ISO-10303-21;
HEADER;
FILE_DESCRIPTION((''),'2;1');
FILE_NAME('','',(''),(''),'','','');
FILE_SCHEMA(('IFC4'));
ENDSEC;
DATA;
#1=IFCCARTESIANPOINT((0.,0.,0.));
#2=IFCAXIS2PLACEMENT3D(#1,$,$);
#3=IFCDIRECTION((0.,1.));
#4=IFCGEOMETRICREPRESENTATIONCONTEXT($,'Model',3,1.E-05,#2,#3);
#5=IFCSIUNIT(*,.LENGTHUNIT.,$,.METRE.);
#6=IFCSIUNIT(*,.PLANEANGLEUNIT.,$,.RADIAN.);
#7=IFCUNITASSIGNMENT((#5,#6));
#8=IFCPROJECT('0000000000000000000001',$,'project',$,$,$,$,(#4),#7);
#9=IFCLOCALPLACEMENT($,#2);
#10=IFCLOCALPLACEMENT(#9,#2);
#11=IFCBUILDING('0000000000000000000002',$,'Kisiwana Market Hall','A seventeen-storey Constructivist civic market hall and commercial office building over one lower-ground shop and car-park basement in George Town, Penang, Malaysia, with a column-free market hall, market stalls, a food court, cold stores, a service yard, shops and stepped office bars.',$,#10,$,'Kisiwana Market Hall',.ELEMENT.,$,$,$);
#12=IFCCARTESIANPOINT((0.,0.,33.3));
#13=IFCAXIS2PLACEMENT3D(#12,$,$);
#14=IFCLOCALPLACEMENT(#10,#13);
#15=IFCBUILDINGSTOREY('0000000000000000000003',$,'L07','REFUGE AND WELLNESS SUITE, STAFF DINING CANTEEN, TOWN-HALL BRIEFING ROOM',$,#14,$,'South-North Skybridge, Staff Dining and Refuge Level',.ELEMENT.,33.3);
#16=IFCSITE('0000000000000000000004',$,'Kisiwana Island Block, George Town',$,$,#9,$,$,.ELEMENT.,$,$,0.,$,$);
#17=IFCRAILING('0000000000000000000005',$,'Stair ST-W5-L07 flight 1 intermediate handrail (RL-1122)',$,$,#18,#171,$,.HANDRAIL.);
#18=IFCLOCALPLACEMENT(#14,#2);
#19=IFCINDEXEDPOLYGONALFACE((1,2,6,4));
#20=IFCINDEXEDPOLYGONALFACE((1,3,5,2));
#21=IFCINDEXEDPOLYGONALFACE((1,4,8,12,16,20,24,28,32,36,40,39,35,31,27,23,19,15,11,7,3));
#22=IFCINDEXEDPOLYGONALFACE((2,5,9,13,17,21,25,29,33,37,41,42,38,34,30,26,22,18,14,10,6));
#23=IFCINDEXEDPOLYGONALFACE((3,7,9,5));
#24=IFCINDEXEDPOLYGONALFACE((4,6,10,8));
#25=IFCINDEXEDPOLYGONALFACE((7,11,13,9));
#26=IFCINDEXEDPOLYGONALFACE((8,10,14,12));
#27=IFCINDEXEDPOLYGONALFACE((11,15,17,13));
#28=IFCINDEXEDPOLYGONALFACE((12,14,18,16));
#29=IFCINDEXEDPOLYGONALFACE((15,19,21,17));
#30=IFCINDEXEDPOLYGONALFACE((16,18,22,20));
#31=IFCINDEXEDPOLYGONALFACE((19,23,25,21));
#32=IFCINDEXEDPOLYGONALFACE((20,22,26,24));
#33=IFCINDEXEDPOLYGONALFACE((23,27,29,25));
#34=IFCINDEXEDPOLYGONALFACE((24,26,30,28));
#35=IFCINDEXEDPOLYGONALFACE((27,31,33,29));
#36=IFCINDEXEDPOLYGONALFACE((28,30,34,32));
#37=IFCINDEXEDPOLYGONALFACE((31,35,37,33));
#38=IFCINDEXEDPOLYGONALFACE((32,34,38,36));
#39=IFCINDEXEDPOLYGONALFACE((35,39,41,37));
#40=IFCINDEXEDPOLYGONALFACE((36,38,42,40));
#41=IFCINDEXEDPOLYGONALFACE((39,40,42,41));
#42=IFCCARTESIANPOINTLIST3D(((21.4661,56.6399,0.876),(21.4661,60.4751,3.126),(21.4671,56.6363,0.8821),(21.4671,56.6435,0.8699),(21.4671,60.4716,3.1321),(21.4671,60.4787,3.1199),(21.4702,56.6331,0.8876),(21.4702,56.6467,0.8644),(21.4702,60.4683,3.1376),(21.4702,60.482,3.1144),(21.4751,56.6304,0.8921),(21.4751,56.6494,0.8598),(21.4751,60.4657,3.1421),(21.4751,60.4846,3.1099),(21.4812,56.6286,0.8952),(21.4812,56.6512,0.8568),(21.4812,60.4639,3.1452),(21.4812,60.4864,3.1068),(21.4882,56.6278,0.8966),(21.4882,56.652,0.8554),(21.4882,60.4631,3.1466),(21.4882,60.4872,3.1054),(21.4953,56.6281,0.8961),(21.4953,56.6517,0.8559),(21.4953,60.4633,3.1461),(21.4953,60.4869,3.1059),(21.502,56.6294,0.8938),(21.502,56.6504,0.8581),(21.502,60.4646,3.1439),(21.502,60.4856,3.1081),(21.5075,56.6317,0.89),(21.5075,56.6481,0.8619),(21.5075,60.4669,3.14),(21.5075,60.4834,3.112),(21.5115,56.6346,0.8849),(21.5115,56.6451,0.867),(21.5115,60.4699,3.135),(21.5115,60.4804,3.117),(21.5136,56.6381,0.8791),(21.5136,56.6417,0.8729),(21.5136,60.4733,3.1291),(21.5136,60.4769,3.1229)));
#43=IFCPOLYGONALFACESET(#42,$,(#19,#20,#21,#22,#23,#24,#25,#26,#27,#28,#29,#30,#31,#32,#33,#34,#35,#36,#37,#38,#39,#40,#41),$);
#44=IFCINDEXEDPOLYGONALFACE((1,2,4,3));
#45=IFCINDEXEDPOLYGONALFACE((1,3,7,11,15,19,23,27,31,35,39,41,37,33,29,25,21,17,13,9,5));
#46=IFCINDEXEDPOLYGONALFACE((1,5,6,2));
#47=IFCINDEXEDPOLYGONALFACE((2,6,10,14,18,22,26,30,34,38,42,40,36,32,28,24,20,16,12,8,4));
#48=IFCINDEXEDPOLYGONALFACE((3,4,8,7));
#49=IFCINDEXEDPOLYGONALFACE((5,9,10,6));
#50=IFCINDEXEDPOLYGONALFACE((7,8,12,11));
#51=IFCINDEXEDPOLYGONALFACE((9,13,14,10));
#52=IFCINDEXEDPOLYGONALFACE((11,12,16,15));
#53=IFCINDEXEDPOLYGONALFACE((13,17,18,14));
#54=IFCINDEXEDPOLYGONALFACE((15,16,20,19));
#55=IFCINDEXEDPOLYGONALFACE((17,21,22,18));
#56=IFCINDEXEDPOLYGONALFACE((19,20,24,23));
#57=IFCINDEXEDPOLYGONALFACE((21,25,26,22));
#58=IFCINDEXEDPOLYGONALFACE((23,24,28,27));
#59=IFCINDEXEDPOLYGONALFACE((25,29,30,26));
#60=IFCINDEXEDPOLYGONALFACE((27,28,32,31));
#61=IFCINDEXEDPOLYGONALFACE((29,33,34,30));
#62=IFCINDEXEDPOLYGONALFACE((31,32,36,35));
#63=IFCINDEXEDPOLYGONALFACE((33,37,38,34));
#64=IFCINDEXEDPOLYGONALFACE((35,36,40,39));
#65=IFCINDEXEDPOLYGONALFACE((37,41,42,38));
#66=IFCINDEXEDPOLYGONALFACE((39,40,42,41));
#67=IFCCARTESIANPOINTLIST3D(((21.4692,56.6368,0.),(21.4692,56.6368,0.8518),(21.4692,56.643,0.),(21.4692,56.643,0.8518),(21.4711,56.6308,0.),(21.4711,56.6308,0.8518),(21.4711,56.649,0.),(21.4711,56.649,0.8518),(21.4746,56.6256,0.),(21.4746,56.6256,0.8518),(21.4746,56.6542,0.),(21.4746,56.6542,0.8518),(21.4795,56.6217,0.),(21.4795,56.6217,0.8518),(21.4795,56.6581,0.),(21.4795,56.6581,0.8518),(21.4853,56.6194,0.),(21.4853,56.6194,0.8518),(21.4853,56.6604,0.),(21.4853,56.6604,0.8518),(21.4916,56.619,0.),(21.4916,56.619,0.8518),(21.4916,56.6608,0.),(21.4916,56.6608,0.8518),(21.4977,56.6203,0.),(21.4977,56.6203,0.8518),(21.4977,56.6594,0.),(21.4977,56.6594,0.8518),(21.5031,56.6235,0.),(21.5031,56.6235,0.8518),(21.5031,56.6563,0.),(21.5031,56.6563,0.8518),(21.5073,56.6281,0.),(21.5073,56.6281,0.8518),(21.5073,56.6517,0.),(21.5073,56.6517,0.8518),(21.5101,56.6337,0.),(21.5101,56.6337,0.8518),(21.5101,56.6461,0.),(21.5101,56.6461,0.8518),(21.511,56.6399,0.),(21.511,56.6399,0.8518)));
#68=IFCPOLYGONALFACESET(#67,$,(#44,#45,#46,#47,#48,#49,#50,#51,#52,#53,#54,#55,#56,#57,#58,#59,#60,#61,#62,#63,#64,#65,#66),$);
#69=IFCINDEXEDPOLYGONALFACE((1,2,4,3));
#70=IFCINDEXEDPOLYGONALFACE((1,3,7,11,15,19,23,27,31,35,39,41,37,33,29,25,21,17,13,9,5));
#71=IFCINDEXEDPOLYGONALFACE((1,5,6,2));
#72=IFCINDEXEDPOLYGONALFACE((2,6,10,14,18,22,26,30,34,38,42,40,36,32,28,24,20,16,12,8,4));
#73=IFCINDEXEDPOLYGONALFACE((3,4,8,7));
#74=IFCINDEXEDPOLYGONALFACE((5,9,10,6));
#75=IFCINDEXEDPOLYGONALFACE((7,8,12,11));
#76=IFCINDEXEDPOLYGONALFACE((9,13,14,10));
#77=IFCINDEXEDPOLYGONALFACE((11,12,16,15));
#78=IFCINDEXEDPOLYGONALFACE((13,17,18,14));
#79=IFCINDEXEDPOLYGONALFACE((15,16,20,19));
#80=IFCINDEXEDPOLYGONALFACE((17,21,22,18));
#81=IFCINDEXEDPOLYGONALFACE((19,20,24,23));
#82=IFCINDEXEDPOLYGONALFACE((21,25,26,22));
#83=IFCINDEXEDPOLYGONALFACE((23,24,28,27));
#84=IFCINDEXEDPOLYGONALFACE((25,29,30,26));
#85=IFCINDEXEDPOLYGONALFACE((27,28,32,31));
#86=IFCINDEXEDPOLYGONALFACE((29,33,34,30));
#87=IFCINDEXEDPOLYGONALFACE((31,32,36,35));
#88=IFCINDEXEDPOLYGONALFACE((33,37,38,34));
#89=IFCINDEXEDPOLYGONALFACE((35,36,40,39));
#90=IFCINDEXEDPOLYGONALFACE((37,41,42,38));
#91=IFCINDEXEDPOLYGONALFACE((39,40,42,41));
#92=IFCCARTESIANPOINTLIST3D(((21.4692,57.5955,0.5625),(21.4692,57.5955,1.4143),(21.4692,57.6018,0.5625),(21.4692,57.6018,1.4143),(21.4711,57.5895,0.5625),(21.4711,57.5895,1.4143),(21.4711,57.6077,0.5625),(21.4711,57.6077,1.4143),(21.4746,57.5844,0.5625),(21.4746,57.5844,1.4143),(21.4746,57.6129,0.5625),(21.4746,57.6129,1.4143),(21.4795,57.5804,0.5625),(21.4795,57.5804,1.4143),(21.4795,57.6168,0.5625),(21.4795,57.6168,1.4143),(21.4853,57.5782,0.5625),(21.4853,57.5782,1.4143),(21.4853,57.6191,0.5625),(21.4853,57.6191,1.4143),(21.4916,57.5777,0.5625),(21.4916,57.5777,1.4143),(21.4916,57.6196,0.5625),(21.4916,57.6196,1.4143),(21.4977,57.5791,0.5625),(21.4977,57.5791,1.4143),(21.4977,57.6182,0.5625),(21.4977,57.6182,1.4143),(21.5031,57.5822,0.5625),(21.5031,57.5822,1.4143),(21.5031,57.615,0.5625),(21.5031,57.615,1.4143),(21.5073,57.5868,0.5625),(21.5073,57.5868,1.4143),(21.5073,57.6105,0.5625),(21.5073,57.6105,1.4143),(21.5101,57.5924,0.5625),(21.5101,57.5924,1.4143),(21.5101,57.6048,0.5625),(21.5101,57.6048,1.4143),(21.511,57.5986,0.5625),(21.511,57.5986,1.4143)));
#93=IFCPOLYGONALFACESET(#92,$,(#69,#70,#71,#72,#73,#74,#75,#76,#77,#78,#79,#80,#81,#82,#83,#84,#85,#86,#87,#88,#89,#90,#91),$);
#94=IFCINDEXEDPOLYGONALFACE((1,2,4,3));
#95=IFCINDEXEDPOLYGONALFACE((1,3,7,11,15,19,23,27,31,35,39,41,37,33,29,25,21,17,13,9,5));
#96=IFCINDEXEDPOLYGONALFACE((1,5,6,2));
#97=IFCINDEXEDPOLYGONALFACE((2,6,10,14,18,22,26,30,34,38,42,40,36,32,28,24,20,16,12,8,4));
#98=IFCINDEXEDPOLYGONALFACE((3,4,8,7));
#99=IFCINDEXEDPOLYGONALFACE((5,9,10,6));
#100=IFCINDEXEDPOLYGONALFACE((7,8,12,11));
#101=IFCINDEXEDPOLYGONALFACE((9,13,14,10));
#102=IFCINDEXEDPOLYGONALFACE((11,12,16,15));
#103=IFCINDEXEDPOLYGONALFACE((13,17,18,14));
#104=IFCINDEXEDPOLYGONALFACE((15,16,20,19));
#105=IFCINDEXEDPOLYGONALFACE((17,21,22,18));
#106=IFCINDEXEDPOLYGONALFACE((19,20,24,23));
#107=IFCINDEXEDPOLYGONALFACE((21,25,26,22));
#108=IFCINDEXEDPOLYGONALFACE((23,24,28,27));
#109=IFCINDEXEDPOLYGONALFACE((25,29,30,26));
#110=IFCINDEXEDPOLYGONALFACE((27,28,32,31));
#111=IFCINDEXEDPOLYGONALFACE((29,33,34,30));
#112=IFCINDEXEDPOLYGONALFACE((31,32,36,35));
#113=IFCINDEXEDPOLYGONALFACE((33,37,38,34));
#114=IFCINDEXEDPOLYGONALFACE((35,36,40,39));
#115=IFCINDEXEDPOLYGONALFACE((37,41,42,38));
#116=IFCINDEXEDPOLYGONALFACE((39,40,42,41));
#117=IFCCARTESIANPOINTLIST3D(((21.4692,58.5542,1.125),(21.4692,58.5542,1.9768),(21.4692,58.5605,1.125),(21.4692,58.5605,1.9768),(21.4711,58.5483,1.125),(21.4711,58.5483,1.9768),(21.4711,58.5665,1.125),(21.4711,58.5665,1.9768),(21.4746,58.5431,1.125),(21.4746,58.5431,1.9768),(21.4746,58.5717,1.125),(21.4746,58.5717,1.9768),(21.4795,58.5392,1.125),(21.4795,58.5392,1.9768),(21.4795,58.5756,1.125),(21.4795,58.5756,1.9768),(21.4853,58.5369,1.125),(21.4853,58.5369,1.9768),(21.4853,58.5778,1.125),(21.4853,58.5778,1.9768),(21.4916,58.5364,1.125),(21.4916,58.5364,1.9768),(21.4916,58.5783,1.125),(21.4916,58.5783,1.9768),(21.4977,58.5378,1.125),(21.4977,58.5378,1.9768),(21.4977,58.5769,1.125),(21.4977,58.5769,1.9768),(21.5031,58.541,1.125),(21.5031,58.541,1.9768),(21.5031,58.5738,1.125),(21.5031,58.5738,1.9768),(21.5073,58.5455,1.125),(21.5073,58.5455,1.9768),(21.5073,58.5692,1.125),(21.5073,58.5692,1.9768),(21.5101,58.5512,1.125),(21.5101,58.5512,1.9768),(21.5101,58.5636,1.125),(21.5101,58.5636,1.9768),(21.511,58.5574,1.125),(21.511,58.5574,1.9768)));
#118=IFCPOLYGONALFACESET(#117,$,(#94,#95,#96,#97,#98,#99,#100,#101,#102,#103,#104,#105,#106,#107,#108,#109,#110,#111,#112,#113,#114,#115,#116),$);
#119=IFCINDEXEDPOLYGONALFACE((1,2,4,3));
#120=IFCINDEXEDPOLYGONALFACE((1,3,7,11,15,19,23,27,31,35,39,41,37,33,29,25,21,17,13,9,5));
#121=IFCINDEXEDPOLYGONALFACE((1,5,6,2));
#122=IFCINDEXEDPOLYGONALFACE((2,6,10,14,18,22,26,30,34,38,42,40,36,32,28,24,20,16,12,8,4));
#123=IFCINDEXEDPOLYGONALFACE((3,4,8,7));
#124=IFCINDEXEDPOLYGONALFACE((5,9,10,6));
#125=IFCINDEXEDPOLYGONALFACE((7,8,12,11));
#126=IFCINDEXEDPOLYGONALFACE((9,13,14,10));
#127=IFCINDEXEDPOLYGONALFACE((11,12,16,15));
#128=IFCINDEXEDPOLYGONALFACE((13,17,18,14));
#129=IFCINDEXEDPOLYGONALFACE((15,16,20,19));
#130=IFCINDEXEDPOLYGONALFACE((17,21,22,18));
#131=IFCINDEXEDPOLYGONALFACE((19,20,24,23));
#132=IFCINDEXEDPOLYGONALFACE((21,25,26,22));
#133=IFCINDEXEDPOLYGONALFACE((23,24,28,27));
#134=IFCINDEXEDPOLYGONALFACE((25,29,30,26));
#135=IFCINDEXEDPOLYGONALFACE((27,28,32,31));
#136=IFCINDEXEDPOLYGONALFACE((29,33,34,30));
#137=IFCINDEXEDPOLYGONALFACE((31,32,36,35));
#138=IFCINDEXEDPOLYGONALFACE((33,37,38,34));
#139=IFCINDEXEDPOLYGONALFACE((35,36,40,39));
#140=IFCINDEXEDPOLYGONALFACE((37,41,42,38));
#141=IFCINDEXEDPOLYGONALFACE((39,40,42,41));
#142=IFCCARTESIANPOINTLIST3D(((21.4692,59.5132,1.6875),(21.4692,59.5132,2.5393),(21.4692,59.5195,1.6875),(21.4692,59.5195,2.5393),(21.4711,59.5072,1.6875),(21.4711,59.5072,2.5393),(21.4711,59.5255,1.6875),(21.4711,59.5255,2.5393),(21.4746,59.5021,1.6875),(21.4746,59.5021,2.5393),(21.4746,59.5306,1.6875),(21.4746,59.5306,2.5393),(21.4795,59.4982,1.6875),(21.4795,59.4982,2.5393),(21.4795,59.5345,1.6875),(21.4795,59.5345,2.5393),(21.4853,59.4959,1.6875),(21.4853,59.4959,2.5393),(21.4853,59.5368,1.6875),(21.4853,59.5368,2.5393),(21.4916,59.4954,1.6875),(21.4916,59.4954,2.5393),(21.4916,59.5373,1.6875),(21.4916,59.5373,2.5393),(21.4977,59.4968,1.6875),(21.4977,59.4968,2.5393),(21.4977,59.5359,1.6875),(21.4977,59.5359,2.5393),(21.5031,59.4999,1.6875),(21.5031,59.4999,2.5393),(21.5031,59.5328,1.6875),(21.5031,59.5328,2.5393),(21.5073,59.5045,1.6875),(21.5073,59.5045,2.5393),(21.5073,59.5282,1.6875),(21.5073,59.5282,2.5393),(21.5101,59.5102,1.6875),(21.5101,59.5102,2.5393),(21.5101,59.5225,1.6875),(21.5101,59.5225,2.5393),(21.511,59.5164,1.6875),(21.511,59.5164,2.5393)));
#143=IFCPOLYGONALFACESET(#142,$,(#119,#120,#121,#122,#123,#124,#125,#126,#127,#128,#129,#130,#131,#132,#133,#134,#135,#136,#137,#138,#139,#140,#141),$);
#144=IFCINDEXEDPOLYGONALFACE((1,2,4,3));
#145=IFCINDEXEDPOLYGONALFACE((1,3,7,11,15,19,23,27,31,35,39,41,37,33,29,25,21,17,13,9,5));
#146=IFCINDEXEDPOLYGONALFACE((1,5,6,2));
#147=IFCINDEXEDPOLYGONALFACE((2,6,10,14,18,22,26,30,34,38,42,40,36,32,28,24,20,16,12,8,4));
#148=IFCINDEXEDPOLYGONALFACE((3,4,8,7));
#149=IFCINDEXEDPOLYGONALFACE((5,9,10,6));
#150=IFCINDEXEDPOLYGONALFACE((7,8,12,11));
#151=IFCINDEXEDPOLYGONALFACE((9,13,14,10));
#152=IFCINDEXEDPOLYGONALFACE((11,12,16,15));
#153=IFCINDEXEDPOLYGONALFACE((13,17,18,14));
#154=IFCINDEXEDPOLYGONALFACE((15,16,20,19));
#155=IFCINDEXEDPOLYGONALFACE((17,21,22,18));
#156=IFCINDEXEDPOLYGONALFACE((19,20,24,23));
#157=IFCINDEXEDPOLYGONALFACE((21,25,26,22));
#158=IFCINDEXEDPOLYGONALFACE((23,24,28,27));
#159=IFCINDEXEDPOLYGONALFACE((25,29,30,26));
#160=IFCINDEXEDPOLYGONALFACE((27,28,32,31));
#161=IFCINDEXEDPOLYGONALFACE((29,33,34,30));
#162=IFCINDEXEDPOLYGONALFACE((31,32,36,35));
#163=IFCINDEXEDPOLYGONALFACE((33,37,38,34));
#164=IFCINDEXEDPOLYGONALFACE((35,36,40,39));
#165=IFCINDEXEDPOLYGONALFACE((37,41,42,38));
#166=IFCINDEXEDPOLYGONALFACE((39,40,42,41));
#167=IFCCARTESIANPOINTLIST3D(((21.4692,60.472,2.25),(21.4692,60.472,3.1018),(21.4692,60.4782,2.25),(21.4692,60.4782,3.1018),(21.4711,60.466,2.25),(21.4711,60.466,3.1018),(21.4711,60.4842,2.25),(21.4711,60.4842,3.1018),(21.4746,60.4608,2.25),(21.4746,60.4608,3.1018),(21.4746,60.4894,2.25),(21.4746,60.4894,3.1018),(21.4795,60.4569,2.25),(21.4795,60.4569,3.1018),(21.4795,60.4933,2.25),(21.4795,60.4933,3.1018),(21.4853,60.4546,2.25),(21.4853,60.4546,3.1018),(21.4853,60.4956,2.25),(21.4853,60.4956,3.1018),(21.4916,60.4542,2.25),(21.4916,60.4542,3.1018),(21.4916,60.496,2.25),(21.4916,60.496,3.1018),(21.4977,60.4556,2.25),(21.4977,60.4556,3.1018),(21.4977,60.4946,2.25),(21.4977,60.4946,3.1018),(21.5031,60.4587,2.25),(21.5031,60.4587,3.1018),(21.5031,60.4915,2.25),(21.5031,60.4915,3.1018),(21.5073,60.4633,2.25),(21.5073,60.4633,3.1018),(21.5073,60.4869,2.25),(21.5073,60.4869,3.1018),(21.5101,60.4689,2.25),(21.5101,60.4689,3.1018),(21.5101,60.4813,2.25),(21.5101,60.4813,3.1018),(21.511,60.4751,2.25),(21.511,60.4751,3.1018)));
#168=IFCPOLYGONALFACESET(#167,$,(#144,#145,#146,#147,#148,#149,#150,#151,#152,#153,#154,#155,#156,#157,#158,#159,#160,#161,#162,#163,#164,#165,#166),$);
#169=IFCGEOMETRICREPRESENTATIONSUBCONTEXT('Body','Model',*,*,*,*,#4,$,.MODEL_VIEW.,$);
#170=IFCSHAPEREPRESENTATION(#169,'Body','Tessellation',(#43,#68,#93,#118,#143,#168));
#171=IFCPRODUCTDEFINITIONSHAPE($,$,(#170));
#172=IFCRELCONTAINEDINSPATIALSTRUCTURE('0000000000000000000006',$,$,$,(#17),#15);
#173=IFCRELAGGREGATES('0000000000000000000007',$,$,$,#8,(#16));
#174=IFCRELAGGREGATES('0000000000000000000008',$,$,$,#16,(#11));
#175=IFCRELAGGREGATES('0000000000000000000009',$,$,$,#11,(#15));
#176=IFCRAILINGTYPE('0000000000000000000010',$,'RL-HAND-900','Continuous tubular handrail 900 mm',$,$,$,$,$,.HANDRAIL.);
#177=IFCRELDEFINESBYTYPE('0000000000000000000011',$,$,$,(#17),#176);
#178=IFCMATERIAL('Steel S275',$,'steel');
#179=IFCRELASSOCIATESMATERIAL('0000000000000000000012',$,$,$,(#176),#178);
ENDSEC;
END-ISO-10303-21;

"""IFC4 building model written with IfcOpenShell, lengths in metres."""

from ifc_helpers import new_model, si_unit, direction, frame, origin, origin_2d, place, context, subcontext, project, spatial, circle, extrude, material, type_object, element, save


model = new_model("IFC4")

# Units and contexts
model_context = context("Model", 3, precision=1e-05, world=origin(), true_north=direction((0.0, 1.0)))
body_context = subcontext(model_context, "Body", "Model", "MODEL_VIEW")
ifc_project = project(units=[si_unit("LENGTHUNIT", "METRE"), si_unit("PLANEANGLEUNIT", "RADIAN")], contexts=[model_context])

# Site, building, storey
site_placement = place(None, origin())
site = spatial("IfcSite", under=ifc_project, at=site_placement, Name="Kisiwana Island Block, George Town", CompositionType="ELEMENT", RefElevation=0.0)
building_placement = place(site_placement, origin())
building = spatial("IfcBuilding", under=site, at=building_placement, Name="Kisiwana Market Hall", Description="A seventeen-storey Constructivist civic market hall and commercial office building over one lower-ground shop and car-park basement in George Town, Penang, Malaysia, with a column-free market hall, market stalls, a food court, cold stores, a service yard, shops and stepped office bars.", LongName="Kisiwana Market Hall", CompositionType="ELEMENT")
storey_placement = place(building_placement, frame((0.0, 0.0, 33.3)))
storey = spatial("IfcBuildingStorey", under=building, at=storey_placement, Name="L07", Description="REFUGE AND WELLNESS SUITE, STAFF DINING CANTEEN, TOWN-HALL BRIEFING ROOM", LongName="South-North Skybridge, Staff Dining and Refuge Level", CompositionType="ELEMENT", Elevation=33.3)

# Railing
ifc_material_1 = material(Name="Steel S275", Category="steel")
railing_type_1 = type_object("IfcRailingType", Name="RL-HAND-900", Description="Continuous tubular handrail 900 mm", PredefinedType="HANDRAIL", material=ifc_material_1)
for number, where, name in (
    (1, (21.49, 56.6399, 0.0), "Stair ST-W5-L07 flight 1 intermediate handrail (RL-1122)"),
):
    element("IfcRailing", number, at=place(storey_placement, frame(where)), inside=storey, type_object=railing_type_1, Name=name, PredefinedType="HANDRAIL", context=body_context, shape_type="SweptSolid", body=[
        extrude(circle(Radius=0.0239, at=origin_2d()), frame((0.0, 0.0, 0.876), z_axis=(0.0, 0.862524, 0.506017), x_axis=(-1.0, 0.0, 0.0)), (0.0, 0.0, 1.0), 4.4465),
        extrude(circle(Radius=0.021, at=origin_2d()), origin(), (0.0, 0.0, 1.0), 0.8518),
        extrude(circle(Radius=0.021, at=origin_2d()), frame((0.0, 0.9587, 0.5625)), (0.0, 0.0, 1.0), 0.8518),
        extrude(circle(Radius=0.021, at=origin_2d()), frame((0.0, 1.9175, 1.125)), (0.0, 0.0, 1.0), 0.8518),
        extrude(circle(Radius=0.021, at=origin_2d()), frame((0.0, 2.8765, 1.6875)), (0.0, 0.0, 1.0), 0.8518),
        extrude(circle(Radius=0.021, at=origin_2d()), frame((0.0, 3.8352, 2.25)), (0.0, 0.0, 1.0), 0.8518),
    ])

save(model, "model.ifc")
